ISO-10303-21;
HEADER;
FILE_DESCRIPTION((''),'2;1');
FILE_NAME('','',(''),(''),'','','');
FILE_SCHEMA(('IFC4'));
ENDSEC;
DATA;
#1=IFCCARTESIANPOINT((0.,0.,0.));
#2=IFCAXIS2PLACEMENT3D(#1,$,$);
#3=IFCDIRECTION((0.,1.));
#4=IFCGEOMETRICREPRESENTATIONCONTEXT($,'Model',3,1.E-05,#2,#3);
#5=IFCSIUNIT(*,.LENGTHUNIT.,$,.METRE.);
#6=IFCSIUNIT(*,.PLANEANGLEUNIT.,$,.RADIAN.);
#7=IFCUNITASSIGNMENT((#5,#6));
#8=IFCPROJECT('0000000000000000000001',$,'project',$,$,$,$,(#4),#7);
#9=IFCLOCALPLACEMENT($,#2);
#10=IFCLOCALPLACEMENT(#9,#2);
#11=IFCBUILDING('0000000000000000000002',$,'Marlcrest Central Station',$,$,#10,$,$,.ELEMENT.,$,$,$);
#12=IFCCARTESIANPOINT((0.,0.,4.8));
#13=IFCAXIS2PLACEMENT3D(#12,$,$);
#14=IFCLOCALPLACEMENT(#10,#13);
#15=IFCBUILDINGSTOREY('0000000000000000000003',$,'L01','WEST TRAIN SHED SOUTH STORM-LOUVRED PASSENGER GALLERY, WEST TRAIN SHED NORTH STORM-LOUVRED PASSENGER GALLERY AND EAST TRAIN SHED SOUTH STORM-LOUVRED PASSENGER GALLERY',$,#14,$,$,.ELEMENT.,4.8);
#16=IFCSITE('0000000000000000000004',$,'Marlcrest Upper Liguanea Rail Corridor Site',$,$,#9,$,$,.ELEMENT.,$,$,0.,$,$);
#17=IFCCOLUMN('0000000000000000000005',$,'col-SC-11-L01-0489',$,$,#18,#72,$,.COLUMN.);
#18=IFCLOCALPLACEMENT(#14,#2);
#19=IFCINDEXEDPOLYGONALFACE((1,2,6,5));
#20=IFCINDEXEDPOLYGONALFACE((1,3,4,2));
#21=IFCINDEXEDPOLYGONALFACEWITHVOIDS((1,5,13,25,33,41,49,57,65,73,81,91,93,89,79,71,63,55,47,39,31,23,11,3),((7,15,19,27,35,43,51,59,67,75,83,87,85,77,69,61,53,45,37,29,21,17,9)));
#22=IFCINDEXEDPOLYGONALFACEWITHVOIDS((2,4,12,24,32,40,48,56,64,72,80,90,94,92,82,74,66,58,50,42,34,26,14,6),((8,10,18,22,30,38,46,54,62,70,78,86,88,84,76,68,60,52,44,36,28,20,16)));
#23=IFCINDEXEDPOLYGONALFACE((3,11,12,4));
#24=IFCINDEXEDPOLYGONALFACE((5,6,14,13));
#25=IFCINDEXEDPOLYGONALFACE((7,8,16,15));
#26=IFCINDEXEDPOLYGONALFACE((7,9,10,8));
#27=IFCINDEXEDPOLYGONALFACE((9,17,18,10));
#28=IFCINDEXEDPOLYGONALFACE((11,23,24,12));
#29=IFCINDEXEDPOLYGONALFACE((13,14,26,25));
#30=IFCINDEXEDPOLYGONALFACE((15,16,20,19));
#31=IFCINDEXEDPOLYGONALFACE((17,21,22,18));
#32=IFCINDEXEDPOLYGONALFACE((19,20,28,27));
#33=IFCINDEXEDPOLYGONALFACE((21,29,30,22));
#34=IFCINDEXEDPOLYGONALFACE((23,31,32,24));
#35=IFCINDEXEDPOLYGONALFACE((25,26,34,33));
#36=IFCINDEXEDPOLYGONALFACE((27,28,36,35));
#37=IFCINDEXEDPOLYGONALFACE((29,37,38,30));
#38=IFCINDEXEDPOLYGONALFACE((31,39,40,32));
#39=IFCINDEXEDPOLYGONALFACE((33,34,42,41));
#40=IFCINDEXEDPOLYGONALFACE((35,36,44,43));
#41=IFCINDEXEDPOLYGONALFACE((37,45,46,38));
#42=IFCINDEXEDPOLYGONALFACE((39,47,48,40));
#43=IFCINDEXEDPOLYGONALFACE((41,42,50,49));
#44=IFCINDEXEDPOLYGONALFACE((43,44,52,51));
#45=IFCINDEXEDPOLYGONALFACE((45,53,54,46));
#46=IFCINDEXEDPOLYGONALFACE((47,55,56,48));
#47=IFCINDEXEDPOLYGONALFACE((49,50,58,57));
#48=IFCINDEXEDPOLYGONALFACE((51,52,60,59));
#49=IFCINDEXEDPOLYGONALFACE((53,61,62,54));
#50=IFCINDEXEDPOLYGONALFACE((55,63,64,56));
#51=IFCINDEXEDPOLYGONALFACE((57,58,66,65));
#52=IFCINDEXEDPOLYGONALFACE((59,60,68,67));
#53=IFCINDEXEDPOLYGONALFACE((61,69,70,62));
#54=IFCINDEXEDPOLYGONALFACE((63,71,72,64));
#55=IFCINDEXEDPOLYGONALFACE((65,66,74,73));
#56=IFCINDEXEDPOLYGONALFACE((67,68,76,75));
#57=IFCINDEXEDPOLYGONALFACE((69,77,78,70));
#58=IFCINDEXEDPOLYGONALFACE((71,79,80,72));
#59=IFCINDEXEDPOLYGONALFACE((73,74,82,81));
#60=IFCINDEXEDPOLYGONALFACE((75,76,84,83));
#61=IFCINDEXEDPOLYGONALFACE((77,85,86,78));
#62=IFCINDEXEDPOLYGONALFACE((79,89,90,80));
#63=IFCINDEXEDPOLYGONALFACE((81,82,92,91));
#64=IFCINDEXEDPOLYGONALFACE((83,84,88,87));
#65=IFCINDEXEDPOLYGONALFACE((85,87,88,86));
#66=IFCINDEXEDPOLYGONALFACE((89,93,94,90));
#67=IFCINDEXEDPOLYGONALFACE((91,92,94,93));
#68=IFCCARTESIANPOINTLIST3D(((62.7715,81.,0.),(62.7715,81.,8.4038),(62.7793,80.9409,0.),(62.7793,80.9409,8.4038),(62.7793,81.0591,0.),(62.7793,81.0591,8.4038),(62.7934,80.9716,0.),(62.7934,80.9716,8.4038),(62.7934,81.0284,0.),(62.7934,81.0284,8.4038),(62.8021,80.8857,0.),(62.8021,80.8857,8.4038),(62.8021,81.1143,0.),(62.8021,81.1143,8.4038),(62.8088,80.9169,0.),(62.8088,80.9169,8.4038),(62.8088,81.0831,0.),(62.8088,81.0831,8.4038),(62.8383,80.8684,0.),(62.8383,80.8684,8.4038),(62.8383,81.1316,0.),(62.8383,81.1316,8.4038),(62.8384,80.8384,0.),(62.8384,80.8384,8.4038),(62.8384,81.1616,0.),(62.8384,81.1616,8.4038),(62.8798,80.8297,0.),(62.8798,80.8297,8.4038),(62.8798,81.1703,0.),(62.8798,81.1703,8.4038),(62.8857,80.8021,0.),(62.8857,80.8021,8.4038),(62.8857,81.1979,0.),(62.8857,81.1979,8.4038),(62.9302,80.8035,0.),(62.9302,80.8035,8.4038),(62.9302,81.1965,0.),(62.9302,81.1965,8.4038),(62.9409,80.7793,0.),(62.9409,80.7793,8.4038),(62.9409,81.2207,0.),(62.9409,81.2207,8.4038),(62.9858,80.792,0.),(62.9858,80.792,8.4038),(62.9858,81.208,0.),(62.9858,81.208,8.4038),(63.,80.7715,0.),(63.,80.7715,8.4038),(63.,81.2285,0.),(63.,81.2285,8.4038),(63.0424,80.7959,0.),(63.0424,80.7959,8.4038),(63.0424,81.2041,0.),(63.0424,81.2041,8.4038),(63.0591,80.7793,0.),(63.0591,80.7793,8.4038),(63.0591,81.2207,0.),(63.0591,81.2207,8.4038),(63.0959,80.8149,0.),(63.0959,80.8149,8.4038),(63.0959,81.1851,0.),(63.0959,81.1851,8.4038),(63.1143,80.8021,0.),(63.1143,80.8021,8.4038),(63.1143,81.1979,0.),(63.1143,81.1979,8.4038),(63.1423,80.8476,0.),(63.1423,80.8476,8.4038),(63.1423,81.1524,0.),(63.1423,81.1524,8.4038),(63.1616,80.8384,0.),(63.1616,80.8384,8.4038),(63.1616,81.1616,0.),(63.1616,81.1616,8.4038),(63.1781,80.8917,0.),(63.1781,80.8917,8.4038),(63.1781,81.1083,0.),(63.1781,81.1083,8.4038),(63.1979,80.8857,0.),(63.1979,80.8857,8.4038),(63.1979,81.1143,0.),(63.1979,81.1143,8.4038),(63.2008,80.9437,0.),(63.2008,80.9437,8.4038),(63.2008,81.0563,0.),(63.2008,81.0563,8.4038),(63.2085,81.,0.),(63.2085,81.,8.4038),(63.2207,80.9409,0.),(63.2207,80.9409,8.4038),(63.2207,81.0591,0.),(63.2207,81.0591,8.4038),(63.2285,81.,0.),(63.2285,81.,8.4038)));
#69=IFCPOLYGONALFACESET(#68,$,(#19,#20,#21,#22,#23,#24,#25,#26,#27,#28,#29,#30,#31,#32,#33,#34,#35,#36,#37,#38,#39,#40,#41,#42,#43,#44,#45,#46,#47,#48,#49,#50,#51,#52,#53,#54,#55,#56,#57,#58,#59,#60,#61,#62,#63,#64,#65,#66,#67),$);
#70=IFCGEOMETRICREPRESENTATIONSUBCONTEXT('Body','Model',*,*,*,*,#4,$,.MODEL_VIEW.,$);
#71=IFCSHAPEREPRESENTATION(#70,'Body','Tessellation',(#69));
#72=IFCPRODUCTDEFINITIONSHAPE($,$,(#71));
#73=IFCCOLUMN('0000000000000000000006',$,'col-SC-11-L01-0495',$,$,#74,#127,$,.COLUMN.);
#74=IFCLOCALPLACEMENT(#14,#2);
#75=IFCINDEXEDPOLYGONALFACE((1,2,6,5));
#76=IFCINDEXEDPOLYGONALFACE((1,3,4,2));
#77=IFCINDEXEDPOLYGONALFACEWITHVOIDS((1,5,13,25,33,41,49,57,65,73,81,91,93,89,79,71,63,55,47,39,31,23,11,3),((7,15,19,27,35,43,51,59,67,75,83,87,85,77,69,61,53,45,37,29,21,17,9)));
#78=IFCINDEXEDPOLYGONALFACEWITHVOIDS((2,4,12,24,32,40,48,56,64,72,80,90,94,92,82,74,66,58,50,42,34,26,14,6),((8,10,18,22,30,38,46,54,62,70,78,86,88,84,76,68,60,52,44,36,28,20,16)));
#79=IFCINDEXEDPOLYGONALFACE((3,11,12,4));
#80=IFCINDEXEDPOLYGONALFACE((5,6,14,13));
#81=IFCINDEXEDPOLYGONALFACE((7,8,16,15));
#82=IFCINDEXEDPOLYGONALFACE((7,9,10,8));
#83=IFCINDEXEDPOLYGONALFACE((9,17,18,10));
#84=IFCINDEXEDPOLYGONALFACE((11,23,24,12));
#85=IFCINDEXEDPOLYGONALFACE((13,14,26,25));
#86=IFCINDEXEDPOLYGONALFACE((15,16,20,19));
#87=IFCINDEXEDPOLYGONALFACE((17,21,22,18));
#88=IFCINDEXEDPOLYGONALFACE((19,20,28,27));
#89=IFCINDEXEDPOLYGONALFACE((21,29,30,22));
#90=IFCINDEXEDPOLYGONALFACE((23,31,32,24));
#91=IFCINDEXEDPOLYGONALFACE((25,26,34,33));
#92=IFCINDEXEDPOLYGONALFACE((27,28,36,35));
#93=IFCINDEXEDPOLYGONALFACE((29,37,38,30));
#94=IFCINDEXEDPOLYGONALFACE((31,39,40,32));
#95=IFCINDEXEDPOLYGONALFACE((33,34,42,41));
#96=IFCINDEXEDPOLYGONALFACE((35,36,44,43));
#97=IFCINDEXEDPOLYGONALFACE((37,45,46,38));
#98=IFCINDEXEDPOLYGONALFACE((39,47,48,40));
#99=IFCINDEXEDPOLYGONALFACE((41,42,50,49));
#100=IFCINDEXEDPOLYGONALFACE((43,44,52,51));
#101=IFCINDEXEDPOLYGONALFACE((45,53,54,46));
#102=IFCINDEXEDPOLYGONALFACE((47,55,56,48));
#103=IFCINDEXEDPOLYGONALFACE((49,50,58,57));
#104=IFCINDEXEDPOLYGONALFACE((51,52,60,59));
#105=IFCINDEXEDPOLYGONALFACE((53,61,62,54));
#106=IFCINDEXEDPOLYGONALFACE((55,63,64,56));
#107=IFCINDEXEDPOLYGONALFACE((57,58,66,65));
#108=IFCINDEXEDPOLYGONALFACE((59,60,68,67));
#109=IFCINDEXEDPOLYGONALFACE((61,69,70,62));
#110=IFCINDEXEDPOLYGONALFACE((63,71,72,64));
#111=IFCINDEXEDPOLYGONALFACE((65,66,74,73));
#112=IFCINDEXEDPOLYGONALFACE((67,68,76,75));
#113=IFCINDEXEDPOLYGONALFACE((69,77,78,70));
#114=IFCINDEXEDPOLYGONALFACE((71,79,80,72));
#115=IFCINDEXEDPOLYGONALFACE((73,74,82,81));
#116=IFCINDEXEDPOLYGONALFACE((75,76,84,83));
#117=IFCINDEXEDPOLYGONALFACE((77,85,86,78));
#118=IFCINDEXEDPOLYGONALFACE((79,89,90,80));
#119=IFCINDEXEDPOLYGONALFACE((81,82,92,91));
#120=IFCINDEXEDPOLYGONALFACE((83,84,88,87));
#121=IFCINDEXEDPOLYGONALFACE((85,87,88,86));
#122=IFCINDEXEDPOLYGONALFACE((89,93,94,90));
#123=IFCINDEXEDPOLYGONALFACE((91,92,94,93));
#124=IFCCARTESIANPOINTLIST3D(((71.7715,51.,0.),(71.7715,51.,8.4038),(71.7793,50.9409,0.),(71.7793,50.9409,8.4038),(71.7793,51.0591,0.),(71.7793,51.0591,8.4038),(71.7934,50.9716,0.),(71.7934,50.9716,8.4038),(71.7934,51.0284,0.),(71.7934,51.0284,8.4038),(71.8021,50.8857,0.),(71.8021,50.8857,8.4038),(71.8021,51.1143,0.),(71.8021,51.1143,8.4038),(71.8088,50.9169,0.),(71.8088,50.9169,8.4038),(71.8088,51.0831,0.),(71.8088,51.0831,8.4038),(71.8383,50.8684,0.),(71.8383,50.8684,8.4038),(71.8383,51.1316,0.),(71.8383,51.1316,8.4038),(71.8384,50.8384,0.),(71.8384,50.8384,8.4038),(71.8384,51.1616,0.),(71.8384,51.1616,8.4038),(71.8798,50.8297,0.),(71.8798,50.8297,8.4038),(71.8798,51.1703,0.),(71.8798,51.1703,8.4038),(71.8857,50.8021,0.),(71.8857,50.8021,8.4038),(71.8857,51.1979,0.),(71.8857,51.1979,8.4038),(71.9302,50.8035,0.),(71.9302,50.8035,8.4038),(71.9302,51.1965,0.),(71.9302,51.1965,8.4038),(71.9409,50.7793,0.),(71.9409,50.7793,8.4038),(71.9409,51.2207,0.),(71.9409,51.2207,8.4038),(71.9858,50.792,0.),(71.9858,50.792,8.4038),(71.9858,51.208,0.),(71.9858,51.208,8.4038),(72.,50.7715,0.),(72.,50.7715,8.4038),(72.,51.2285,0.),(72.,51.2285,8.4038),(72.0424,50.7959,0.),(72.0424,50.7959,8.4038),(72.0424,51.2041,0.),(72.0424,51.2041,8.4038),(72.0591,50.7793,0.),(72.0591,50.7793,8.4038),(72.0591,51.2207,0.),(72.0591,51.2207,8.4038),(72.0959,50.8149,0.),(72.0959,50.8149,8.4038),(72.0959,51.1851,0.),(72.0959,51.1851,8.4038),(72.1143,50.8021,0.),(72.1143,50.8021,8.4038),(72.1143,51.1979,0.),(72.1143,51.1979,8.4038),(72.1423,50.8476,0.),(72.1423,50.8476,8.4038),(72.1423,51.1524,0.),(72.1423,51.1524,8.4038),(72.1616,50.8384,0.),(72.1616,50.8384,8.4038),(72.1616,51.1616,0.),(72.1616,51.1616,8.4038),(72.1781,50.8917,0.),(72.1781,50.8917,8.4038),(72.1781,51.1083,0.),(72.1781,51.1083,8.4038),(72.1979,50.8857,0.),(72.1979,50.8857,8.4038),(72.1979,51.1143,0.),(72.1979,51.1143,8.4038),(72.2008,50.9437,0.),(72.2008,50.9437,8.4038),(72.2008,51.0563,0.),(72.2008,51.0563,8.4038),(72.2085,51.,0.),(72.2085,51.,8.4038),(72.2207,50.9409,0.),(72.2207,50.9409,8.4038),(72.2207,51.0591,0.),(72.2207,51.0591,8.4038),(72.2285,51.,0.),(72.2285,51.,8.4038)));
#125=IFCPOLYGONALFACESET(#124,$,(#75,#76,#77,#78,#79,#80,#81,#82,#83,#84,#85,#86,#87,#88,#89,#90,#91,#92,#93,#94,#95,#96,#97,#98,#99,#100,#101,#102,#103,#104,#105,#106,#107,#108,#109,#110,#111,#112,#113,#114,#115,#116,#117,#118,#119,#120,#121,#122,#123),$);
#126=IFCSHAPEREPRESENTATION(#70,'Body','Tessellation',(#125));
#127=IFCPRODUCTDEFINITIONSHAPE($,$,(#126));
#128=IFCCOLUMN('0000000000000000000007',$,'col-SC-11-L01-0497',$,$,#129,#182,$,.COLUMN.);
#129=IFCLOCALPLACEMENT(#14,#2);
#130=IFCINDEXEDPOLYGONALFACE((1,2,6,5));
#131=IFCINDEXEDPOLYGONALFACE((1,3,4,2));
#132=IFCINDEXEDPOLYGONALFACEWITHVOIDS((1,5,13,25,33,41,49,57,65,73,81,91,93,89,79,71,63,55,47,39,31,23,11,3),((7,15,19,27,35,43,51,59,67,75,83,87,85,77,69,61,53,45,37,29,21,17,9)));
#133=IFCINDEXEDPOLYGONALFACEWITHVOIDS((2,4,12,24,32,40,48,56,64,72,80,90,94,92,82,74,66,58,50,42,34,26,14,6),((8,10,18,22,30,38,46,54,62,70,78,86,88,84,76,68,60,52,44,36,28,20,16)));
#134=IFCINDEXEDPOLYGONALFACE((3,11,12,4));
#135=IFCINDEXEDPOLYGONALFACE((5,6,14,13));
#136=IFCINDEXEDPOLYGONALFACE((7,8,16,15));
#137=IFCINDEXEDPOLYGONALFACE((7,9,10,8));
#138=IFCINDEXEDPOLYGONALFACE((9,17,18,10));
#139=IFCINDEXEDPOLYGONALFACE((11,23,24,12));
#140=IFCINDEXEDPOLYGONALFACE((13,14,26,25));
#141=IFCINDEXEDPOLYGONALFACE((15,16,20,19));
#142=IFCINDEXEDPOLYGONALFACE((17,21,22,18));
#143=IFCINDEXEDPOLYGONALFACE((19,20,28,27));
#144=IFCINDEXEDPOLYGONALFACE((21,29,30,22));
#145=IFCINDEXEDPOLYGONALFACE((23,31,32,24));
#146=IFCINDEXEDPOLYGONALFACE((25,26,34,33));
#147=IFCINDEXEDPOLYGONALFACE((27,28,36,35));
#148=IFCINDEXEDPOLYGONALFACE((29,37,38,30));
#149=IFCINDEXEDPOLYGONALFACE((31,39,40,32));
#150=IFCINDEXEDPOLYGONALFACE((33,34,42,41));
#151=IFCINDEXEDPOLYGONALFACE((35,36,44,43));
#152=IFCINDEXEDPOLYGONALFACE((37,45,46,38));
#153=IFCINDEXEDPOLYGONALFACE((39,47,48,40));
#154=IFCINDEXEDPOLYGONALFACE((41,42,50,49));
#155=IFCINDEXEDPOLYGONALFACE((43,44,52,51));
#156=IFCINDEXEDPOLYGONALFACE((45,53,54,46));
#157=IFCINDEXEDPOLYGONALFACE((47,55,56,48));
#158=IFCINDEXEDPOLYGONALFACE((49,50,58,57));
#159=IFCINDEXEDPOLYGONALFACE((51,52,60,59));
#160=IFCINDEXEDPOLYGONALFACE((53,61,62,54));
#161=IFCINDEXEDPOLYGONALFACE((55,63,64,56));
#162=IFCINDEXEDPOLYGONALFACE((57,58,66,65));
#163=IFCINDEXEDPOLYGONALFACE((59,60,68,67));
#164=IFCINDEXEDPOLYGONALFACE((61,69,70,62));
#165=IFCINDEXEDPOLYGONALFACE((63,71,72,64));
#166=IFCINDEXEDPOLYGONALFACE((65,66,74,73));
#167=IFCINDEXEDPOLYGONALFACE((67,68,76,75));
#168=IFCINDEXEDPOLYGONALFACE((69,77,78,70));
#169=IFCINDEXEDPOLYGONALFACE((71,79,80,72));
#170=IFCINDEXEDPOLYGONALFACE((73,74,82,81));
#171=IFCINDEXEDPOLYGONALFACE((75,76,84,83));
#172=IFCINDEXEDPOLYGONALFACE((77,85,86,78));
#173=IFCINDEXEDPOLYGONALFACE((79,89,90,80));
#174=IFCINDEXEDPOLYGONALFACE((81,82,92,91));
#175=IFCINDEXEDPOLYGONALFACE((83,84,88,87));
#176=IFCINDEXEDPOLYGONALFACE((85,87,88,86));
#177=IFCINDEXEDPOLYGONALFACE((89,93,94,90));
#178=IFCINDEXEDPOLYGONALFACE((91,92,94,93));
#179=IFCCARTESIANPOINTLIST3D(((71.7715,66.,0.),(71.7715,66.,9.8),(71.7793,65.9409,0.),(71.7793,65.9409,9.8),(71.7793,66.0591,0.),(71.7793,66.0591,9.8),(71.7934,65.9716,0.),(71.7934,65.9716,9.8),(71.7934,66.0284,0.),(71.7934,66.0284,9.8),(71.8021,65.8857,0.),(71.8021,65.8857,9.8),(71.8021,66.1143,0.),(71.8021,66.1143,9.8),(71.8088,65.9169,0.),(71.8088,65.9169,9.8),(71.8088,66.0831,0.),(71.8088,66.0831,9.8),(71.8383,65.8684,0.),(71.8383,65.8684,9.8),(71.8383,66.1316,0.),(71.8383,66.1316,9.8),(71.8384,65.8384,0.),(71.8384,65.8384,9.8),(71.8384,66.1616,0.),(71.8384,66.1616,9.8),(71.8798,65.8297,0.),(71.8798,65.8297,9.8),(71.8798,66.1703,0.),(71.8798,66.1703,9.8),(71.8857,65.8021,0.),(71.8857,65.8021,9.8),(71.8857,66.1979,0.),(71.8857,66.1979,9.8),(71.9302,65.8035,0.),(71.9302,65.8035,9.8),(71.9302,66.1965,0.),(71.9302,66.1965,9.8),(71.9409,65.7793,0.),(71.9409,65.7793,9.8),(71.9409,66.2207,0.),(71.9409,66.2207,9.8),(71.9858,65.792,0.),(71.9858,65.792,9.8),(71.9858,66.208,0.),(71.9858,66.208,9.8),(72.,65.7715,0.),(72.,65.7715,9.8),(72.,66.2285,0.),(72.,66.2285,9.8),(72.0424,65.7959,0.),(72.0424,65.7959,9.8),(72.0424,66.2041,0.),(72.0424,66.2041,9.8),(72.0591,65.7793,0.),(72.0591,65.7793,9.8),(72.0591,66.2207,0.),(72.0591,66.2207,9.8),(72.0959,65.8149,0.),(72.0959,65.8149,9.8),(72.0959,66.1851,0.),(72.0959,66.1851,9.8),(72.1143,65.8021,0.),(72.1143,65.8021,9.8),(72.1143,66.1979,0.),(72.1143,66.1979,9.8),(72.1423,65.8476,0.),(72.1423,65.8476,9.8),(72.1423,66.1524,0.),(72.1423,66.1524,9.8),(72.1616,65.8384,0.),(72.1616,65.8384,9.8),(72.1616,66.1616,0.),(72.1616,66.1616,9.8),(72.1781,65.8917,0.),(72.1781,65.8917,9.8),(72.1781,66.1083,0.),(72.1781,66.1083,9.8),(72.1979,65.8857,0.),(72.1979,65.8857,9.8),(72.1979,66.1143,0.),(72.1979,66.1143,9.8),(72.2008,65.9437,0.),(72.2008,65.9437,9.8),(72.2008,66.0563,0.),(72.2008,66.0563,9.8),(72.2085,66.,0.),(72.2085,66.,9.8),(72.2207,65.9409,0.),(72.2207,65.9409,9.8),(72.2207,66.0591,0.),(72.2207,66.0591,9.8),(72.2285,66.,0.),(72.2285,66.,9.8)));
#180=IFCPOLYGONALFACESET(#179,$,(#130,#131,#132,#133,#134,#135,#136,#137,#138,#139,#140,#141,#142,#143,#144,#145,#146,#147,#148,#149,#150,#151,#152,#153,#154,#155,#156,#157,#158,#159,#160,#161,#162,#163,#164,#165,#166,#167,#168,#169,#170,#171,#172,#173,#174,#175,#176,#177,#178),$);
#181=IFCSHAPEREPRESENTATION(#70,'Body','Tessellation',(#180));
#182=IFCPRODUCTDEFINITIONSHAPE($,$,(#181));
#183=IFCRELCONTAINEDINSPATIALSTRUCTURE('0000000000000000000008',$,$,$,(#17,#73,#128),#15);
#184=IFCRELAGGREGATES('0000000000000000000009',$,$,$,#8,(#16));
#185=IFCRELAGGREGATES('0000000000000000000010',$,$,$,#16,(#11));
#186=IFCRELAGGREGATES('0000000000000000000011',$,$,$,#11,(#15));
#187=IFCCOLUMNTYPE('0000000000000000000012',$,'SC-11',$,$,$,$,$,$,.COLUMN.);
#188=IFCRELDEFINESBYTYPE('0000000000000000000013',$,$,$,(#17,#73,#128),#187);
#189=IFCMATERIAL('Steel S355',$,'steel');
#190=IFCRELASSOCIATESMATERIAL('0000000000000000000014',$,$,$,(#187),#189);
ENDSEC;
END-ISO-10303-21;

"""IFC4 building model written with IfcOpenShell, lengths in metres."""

from ifc_helpers import new_model, si_unit, direction, frame, origin, origin_2d, place, context, subcontext, project, spatial, hollow_circle, extrude, material, material_profile, profile_set, type_object, element, save


model = new_model("IFC4")

# Units and contexts
model_context = context("Model", 3, precision=1e-05, world=origin(), true_north=direction((0.0, 1.0)))
body_context = subcontext(model_context, "Body", "Model", "MODEL_VIEW")
ifc_project = project(units=[si_unit("LENGTHUNIT", "METRE"), si_unit("PLANEANGLEUNIT", "RADIAN")], contexts=[model_context])

# Site, building, storey
site_placement = place(None, origin())
site = spatial("IfcSite", under=ifc_project, at=site_placement, Name="Marlcrest Upper Liguanea Rail Corridor Site", CompositionType="ELEMENT", RefElevation=0.0)
building_placement = place(site_placement, origin())
building = spatial("IfcBuilding", under=site, at=building_placement, Name="Marlcrest Central Station", CompositionType="ELEMENT")
storey_placement = place(building_placement, frame((0.0, 0.0, 4.8)))
storey = spatial("IfcBuildingStorey", under=building, at=storey_placement, Name="L01", Description="WEST TRAIN SHED SOUTH STORM-LOUVRED PASSENGER GALLERY, WEST TRAIN SHED NORTH STORM-LOUVRED PASSENGER GALLERY AND EAST TRAIN SHED SOUTH STORM-LOUVRED PASSENGER GALLERY", CompositionType="ELEMENT", Elevation=4.8)

# Columns
ifc_material = material(Name="Steel S355", Category="steel")
ifc_material_profile = material_profile(ifc_material, hollow_circle(Radius=0.2285, WallThickness=0.02, at=origin_2d()), Name="CHS 457x20")
ifc_profile_set = profile_set([ifc_material_profile], Name="Steel S355")
column_type = type_object("IfcColumnType", Name="SC-11", PredefinedType="COLUMN", material=ifc_profile_set)
for number, where, z_axis, x_axis, name in (
    (1, (63.0, 81.0, 0.0), (0.0, 0.0, 1.0), (1.0, 0.0, 0.0), "col-SC-11-L01-0489"),
    (2, (72.0, 51.0, 0.0), (0.0, 0.0, 1.0), (1.0, 0.0, 0.0), "col-SC-11-L01-0495"),
):
    element("IfcColumn", number, at=place(storey_placement, frame(where, z_axis=z_axis, x_axis=x_axis)), inside=storey, type_object=column_type, Name=name, PredefinedType="COLUMN", context=body_context, shape_type="SweptSolid", body=[
        extrude(hollow_circle(Radius=0.2285, WallThickness=0.02, at=origin_2d()), origin(), (0.0, 0.0, 1.0), 8.4038),
    ])
column_1_placement = place(storey_placement, frame((72.0, 66.0, 0.0), z_axis=(0.0, 0.0, 1.0), x_axis=(1.0, 0.0, 0.0)))
element("IfcColumn", 3, at=column_1_placement, inside=storey, type_object=column_type, Name="col-SC-11-L01-0497", PredefinedType="COLUMN", context=body_context, shape_type="SweptSolid", body=[
    extrude(hollow_circle(Radius=0.2285, WallThickness=0.02, at=origin_2d()), origin(), (0.0, 0.0, 1.0), 9.8),
])

save(model, "model.ifc")
